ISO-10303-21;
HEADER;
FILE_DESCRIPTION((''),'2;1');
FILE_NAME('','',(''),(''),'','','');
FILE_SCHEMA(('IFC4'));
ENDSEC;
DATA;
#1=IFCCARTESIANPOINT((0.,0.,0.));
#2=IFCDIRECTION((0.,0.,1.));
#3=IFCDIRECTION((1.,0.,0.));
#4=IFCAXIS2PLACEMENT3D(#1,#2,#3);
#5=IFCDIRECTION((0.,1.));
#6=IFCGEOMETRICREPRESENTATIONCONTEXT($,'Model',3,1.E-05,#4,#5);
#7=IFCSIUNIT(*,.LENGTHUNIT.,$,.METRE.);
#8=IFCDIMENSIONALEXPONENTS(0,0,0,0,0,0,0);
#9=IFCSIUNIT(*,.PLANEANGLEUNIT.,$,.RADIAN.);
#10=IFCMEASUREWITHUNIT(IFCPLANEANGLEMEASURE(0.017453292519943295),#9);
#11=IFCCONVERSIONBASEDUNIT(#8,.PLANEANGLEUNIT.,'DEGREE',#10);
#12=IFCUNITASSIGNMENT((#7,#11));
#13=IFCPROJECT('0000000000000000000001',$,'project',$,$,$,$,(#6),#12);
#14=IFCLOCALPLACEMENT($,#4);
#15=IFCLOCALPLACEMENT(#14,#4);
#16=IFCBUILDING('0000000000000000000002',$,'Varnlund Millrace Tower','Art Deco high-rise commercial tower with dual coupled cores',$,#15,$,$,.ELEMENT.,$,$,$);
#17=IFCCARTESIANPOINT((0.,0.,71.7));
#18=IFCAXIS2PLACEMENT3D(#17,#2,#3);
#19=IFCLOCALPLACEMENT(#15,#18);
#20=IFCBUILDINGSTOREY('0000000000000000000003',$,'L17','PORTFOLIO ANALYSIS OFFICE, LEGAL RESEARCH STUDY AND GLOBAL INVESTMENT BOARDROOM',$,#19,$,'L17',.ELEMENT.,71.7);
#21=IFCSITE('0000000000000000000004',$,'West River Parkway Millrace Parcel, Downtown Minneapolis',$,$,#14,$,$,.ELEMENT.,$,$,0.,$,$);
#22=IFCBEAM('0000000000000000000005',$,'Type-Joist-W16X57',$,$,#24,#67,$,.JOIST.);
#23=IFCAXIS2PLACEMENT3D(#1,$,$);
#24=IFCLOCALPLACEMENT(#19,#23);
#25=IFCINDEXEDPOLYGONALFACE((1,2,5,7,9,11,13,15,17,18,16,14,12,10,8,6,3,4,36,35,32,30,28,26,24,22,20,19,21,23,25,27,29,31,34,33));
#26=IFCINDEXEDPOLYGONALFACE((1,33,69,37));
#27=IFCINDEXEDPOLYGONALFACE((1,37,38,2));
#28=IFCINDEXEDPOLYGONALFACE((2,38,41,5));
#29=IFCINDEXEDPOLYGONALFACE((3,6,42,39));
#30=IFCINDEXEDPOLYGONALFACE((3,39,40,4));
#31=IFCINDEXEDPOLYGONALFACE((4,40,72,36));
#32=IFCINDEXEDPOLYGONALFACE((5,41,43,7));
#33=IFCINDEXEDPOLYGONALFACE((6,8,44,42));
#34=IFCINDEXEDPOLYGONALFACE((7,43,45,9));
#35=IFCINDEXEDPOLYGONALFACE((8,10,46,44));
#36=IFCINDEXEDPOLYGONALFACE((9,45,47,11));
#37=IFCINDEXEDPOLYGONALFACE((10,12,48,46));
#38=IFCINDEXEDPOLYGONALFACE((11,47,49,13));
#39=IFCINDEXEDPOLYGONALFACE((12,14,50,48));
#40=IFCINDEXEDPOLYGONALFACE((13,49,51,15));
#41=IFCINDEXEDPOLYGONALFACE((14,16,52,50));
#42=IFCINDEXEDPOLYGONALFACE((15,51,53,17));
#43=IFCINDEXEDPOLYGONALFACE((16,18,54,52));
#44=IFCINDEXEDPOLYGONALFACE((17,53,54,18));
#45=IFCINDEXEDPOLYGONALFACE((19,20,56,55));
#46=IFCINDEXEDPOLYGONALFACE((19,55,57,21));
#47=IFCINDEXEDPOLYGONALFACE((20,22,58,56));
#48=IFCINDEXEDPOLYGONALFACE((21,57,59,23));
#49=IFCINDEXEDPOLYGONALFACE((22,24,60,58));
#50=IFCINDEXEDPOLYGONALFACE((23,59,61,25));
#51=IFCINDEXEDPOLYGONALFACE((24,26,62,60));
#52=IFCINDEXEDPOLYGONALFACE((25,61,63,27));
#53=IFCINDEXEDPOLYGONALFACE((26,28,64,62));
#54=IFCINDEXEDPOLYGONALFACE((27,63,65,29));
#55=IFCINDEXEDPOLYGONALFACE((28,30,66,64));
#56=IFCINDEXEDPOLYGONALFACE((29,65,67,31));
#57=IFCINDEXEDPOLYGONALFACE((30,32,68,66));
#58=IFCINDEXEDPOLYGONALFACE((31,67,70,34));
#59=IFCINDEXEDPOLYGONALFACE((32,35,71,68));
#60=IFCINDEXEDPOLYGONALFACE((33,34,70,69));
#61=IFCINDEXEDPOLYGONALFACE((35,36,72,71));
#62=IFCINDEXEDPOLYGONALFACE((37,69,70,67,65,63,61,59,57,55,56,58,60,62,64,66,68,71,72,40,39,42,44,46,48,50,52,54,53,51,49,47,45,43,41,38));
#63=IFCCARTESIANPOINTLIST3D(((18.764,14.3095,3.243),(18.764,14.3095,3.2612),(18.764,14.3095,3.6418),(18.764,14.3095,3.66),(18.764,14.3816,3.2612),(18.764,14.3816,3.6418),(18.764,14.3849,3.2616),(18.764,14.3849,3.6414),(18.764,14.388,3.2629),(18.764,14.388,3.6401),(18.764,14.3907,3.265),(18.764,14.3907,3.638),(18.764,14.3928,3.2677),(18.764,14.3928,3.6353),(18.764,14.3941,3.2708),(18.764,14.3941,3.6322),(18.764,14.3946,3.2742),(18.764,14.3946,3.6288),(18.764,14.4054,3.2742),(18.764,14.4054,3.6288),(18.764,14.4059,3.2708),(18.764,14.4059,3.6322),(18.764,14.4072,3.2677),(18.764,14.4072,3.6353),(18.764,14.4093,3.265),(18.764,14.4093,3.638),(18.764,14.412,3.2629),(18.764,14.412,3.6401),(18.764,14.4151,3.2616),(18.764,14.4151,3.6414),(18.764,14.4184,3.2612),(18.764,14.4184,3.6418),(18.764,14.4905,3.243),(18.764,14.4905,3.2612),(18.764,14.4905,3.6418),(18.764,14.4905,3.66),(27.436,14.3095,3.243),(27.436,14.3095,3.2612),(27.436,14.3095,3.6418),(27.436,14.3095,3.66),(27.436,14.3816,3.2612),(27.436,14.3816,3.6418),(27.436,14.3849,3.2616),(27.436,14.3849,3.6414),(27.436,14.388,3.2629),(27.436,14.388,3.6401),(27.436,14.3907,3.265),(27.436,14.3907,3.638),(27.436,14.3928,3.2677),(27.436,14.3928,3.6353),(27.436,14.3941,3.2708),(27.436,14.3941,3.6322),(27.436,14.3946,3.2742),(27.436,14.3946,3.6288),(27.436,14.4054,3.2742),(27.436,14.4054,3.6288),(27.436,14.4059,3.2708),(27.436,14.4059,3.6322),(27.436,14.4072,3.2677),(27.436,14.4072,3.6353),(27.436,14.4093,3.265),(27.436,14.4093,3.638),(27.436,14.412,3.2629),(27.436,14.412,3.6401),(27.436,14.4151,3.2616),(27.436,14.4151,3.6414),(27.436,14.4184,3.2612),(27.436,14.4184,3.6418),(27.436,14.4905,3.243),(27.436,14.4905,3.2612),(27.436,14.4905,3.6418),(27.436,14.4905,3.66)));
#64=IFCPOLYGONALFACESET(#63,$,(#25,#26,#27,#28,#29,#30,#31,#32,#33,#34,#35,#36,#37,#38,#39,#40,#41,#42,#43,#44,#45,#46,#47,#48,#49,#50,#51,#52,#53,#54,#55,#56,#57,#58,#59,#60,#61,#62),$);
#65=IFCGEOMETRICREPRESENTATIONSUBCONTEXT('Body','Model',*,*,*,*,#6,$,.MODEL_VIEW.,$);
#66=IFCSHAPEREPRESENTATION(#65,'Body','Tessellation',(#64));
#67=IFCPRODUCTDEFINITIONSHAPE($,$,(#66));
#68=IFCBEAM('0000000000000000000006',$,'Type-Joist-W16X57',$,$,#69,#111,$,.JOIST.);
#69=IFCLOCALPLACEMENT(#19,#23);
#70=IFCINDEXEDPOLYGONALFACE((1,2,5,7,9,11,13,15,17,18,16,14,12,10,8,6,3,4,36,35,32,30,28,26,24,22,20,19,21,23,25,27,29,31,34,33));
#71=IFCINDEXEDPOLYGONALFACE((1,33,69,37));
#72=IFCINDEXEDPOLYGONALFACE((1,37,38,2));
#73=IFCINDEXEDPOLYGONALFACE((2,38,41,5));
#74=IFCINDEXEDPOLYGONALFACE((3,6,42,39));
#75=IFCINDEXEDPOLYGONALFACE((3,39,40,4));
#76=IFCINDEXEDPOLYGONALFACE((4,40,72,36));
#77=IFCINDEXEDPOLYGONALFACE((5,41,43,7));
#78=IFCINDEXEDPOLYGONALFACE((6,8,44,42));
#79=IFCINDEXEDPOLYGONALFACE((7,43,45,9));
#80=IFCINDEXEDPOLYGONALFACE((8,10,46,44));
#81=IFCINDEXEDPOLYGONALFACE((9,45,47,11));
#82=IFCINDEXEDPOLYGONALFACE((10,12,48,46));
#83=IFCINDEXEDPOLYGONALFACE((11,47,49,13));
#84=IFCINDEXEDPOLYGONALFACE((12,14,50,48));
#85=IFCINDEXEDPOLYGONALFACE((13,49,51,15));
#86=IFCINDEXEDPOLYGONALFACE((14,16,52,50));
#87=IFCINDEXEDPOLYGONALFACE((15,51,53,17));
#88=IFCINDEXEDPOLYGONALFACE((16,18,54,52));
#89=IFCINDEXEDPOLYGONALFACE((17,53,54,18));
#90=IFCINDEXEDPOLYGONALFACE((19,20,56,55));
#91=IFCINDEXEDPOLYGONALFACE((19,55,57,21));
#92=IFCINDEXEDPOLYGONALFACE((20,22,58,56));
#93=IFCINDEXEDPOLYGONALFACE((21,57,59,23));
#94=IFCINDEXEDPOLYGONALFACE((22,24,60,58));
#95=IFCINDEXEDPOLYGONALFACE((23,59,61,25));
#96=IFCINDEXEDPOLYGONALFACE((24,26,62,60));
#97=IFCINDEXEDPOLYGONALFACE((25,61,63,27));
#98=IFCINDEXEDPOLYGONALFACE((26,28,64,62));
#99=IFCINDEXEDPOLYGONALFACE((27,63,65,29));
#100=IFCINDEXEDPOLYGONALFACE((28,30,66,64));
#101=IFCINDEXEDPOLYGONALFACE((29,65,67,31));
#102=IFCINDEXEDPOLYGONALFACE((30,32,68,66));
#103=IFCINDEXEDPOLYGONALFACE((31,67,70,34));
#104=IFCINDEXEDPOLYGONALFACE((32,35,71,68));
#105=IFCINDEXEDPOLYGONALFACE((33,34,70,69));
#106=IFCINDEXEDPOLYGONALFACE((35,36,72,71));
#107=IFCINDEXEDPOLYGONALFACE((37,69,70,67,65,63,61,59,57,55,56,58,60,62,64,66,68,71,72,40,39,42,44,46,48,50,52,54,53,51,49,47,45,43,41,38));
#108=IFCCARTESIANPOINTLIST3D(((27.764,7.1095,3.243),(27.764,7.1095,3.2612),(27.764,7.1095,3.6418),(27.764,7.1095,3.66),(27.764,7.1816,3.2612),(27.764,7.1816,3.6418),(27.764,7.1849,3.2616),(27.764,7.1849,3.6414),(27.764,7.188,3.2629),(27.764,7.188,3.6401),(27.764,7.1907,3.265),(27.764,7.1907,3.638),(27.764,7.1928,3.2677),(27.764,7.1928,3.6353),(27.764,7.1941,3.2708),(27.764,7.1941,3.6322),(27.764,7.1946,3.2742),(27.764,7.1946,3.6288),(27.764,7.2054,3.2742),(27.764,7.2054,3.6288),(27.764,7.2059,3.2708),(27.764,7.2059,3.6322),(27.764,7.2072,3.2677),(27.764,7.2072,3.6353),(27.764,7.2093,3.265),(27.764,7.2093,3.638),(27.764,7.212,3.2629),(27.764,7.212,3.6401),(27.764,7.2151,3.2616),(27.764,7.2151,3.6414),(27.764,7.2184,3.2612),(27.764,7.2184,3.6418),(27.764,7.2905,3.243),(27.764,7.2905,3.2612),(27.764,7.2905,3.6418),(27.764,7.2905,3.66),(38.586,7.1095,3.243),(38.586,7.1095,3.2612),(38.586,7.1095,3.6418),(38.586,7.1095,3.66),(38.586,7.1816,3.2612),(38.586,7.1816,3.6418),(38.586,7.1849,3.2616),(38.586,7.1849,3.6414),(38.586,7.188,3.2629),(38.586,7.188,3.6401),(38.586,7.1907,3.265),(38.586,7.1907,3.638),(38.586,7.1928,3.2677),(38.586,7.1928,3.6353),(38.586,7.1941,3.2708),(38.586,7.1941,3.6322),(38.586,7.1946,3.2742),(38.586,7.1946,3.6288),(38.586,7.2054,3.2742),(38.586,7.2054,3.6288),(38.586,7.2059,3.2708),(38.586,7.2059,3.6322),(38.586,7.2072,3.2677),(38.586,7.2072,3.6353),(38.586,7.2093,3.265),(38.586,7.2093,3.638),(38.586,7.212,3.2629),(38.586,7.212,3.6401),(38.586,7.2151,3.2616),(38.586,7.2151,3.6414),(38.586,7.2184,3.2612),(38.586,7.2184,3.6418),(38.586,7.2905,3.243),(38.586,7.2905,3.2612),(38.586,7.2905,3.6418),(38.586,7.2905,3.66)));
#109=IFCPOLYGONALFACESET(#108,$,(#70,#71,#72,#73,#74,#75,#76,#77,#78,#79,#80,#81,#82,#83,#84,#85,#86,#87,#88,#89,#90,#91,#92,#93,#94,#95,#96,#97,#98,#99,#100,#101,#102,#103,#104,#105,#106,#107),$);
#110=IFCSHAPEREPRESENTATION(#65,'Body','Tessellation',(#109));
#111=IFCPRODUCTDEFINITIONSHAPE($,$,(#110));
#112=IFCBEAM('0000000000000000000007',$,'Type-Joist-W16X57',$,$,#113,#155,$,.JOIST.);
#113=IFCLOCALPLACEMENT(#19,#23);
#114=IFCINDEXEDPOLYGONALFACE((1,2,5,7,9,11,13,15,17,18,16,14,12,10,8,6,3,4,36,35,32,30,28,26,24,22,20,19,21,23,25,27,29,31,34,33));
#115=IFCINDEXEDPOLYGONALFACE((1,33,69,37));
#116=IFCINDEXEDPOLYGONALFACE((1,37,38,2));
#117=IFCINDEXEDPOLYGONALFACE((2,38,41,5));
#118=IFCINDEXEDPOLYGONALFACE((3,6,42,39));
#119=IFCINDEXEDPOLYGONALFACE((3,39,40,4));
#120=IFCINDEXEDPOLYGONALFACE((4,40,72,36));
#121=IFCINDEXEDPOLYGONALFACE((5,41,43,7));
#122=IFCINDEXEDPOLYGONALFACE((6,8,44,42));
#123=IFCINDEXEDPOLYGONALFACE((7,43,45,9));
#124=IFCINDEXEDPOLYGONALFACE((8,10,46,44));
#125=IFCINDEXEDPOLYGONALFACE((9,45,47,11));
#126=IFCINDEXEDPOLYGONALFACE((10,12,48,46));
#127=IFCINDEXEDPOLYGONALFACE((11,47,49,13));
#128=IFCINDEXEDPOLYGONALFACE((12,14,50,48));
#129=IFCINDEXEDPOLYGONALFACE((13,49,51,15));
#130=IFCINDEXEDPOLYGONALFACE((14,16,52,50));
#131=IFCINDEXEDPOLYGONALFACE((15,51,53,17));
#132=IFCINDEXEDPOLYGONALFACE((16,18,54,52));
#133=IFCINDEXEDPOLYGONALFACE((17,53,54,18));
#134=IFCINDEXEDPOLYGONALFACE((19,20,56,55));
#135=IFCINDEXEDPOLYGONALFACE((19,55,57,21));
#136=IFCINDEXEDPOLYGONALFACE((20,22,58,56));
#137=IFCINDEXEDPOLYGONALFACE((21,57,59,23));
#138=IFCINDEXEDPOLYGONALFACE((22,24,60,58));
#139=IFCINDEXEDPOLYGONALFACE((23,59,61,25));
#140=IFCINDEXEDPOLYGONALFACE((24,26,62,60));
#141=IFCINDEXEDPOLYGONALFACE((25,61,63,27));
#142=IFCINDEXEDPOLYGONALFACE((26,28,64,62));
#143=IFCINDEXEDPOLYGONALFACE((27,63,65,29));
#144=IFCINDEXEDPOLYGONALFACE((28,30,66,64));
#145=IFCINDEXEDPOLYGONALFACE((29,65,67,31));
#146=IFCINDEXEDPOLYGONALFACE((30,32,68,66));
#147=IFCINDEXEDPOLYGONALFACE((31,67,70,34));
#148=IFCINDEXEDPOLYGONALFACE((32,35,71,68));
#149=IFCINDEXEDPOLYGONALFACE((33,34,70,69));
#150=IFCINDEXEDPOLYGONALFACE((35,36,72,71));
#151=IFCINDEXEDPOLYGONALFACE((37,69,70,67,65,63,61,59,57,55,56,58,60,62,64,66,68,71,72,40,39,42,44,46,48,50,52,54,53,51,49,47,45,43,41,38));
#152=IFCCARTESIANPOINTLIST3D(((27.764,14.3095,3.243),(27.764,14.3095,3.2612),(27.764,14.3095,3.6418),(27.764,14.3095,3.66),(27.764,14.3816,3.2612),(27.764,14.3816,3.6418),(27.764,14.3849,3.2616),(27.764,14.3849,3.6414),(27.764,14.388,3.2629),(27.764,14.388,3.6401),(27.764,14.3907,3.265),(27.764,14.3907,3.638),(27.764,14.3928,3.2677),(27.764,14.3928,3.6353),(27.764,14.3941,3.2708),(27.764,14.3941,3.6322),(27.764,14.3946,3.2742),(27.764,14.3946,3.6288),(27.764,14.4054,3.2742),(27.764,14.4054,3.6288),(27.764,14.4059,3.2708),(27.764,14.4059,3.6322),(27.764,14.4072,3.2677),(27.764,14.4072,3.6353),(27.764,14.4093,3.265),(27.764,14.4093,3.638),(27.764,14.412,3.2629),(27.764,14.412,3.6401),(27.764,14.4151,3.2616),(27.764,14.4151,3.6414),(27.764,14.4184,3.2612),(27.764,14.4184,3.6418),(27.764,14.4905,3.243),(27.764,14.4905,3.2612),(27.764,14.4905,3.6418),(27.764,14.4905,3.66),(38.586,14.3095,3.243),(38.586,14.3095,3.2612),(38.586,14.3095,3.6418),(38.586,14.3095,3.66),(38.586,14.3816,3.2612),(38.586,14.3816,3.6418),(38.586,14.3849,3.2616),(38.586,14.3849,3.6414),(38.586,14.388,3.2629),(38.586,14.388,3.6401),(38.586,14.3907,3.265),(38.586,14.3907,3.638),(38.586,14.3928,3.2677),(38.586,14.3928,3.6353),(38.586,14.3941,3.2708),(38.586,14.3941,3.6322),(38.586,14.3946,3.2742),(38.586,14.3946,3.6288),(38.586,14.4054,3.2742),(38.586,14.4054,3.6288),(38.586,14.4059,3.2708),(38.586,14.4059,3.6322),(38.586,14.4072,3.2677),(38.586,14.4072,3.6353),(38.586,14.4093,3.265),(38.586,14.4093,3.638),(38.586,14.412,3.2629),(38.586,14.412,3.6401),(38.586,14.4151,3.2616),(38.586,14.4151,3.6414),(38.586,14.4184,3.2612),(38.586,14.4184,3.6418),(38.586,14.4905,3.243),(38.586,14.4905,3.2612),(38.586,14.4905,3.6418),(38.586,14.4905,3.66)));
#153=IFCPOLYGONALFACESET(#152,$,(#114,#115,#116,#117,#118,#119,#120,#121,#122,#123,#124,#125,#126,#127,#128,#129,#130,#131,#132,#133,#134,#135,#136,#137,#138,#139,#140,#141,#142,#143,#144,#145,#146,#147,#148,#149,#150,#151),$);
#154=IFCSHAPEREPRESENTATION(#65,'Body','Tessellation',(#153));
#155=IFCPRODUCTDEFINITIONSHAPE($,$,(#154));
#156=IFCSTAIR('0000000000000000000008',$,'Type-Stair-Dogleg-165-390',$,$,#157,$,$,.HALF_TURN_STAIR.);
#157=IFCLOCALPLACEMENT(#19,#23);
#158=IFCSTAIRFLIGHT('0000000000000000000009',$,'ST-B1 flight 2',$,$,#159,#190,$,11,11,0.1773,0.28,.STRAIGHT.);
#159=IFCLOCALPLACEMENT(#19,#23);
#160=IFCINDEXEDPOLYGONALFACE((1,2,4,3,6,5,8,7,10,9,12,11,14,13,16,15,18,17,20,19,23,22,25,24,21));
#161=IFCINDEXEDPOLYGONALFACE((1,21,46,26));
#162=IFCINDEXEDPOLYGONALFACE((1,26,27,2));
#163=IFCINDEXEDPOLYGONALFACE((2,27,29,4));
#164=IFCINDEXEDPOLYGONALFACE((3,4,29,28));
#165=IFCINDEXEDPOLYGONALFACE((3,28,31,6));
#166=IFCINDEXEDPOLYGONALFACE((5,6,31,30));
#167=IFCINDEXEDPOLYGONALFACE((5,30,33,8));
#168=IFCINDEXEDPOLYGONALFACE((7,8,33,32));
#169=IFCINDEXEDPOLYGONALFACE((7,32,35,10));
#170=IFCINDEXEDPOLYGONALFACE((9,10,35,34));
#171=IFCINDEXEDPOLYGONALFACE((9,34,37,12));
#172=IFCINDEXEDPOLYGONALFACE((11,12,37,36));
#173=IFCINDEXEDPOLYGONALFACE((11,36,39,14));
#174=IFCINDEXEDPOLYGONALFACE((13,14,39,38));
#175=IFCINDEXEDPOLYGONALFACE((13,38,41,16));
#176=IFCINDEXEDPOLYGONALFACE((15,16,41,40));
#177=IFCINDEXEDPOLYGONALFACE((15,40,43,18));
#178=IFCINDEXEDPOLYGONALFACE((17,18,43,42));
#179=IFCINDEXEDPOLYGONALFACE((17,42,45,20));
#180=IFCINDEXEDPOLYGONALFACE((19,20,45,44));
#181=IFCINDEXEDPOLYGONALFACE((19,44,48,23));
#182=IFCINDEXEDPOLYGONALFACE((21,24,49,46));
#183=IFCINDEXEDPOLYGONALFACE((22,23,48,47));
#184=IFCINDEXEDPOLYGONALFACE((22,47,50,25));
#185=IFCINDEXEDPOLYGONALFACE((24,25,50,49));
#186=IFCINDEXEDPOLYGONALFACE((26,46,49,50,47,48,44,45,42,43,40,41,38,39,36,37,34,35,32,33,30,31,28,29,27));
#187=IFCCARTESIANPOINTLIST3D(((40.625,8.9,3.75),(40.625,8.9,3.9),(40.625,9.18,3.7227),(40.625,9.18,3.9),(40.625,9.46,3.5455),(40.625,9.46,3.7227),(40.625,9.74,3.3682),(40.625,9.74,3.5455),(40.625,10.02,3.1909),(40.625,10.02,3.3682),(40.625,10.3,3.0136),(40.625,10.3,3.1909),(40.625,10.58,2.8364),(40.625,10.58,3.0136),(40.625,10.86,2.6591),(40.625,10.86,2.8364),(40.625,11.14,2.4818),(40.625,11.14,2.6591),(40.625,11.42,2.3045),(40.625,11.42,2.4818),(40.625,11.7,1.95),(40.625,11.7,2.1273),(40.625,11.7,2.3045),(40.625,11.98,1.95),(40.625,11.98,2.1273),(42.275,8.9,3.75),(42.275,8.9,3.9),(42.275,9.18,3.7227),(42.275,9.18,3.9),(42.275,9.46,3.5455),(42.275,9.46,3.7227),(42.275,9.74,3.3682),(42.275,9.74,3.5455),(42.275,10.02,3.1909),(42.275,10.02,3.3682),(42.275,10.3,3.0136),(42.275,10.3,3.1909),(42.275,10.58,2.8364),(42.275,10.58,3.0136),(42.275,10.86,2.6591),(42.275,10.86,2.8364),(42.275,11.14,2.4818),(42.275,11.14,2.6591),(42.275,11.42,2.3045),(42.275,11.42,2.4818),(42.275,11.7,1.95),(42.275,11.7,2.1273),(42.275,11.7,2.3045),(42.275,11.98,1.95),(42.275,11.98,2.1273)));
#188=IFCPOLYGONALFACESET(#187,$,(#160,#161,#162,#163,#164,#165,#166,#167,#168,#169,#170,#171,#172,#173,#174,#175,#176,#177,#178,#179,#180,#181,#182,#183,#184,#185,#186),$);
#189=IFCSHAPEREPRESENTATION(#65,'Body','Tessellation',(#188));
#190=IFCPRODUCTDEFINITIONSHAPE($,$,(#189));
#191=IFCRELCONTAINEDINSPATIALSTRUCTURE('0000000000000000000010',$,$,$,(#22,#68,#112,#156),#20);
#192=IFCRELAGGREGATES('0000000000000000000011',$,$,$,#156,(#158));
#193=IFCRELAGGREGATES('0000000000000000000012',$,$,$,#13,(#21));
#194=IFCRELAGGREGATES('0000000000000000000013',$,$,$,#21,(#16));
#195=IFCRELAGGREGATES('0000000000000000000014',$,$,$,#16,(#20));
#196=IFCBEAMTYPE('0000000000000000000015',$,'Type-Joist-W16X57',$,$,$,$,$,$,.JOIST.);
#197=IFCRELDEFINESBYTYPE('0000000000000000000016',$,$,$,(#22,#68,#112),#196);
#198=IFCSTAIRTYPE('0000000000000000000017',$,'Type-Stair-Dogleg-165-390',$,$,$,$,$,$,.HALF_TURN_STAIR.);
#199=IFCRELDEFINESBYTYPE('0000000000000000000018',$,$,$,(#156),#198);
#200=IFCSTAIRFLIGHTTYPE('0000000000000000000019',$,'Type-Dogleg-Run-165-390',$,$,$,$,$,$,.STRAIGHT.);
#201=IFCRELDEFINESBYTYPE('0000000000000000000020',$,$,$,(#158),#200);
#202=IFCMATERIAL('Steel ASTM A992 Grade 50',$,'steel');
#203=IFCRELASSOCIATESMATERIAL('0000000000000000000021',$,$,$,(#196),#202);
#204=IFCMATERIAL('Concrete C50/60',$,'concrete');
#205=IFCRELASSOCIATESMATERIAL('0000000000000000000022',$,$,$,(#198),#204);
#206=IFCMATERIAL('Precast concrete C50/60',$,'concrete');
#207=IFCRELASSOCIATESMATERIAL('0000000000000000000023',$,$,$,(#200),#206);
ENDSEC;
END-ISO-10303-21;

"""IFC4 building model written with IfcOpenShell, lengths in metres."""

from ifc_helpers import new_model, entity, si_unit, converted_unit, direction, frame, origin_with_axes, origin_2d_with_axis, place, context, subcontext, project, spatial, polyline, i_section, outline, extrude, material, material_profile, profile_set, type_object, element, aggregate, save


model = new_model("IFC4")

# Units and contexts
model_context = context("Model", 3, precision=1e-05, world=origin_with_axes(), true_north=direction((0.0, 1.0)))
body_context = subcontext(model_context, "Body", "Model", "MODEL_VIEW")
ifc_project = project(units=[si_unit("LENGTHUNIT", "METRE"), converted_unit("PLANEANGLEUNIT", "DEGREE", entity("IfcPlaneAngleMeasure", 0.017453292519943295), si_unit("PLANEANGLEUNIT", "RADIAN"), dimensions=[0, 0, 0, 0, 0, 0, 0])], contexts=[model_context])

# Site, building, storey
site_placement = place(None, origin_with_axes())
site = spatial("IfcSite", under=ifc_project, at=site_placement, Name="West River Parkway Millrace Parcel, Downtown Minneapolis", CompositionType="ELEMENT", RefElevation=0.0)
building_placement = place(site_placement, origin_with_axes())
building = spatial("IfcBuilding", under=site, at=building_placement, Name="Varnlund Millrace Tower", Description="Art Deco high-rise commercial tower with dual coupled cores", CompositionType="ELEMENT")
storey_placement = place(building_placement, frame((0.0, 0.0, 71.7), z_axis=(0.0, 0.0, 1.0), x_axis=(1.0, 0.0, 0.0)))
storey = spatial("IfcBuildingStorey", under=building, at=storey_placement, Name="L17", Description="PORTFOLIO ANALYSIS OFFICE, LEGAL RESEARCH STUDY AND GLOBAL INVESTMENT BOARDROOM", LongName="L17", CompositionType="ELEMENT", Elevation=71.7)

# Beams
ifc_material_1 = material(Name="Steel ASTM A992 Grade 50", Category="steel")
ifc_material_profile_1 = material_profile(ifc_material_1, i_section(OverallWidth=0.181, OverallDepth=0.417, WebThickness=0.0109, FlangeThickness=0.0182, FilletRadius=0.013, at=origin_2d_with_axis()), Name="Steel ASTM A992 Grade 50")
ifc_profile_set_1 = profile_set([ifc_material_profile_1], Name="Steel ASTM A992 Grade 50")
beam_type_1 = type_object("IfcBeamType", Name="Type-Joist-W16X57", PredefinedType="JOIST", material=ifc_profile_set_1)
for number, where, z_axis, x_axis, name in (
    (1, (18.764, 14.4, 3.4515), (1.0, 0.0, 0.0), (0.0, 1.0, 0.0), "Type-Joist-W16X57"),
):
    element("IfcBeam", number, at=place(storey_placement, frame(where, z_axis=z_axis, x_axis=x_axis)), inside=storey, type_object=beam_type_1, Name=name, PredefinedType="JOIST", context=body_context, shape_type="SweptSolid", body=[
        extrude(i_section(OverallWidth=0.181, OverallDepth=0.417, WebThickness=0.0109, FlangeThickness=0.0182, FilletRadius=0.013, at=origin_2d_with_axis()), origin_with_axes(), (0.0, 0.0, 1.0), 8.672),
    ])
for number, where, z_axis, x_axis, name in (
    (2, (27.764, 7.2, 3.4515), (1.0, 0.0, 0.0), (0.0, 1.0, 0.0), "Type-Joist-W16X57"),
    (3, (27.764, 14.4, 3.4515), (1.0, 0.0, 0.0), (0.0, 1.0, 0.0), "Type-Joist-W16X57"),
):
    element("IfcBeam", number, at=place(storey_placement, frame(where, z_axis=z_axis, x_axis=x_axis)), inside=storey, type_object=beam_type_1, Name=name, PredefinedType="JOIST", context=body_context, shape_type="SweptSolid", body=[
        extrude(i_section(OverallWidth=0.181, OverallDepth=0.417, WebThickness=0.0109, FlangeThickness=0.0182, FilletRadius=0.013, at=origin_2d_with_axis()), origin_with_axes(), (0.0, 0.0, 1.0), 10.822),
    ])

# Stair, stair flight
ifc_material_2 = material(Name="Concrete C50/60", Category="concrete")
stair_type = type_object("IfcStairType", Name="Type-Stair-Dogleg-165-390", PredefinedType="HALF_TURN_STAIR", material=ifc_material_2)
stair_placement = place(storey_placement, origin_with_axes())
stair = element("IfcStair", 4, at=stair_placement, inside=storey, type_object=stair_type, Name="Type-Stair-Dogleg-165-390", PredefinedType="HALF_TURN_STAIR")
ifc_material_3 = material(Name="Precast concrete C50/60", Category="concrete")
stair_flight_type = type_object("IfcStairFlightType", Name="Type-Dogleg-Run-165-390", PredefinedType="STRAIGHT", material=ifc_material_3)
stair_flight_placement = place(storey_placement, frame((42.275, 11.98, 1.95), z_axis=(-1.0, 0.0, 0.0), x_axis=(0.0, -1.0, 0.0)))
stair_flight = element("IfcStairFlight", 5, at=stair_flight_placement, type_object=stair_flight_type, Name="ST-B1 flight 2", NumberOfRisers=11, NumberOfTreads=11, PredefinedType="STRAIGHT", RiserHeight=0.1773, TreadLength=0.28, context=body_context, shape_type="SweptSolid", body=[
    extrude(outline(polyline([(0.0, 0.0), (0.0, 0.1773), (0.28, 0.1773), (0.28, 0.3545), (0.56, 0.3545), (0.56, 0.5318), (0.84, 0.5318), (0.84, 0.7091), (1.12, 0.7091), (1.12, 0.8864), (1.4, 0.8864), (1.4, 1.0636), (1.68, 1.0636), (1.68, 1.2409), (1.96, 1.2409), (1.96, 1.4182), (2.24, 1.4182), (2.24, 1.5955), (2.52, 1.5955), (2.52, 1.7727), (2.8, 1.7727), (2.8, 1.95), (3.08, 1.95), (3.08, 1.8), (0.28, 0.0), (0.0, 0.0)])), origin_with_axes(), (0.0, 0.0, 1.0), 1.65),
])
aggregate(stair, [stair_flight])

save(model, "model.ifc")
